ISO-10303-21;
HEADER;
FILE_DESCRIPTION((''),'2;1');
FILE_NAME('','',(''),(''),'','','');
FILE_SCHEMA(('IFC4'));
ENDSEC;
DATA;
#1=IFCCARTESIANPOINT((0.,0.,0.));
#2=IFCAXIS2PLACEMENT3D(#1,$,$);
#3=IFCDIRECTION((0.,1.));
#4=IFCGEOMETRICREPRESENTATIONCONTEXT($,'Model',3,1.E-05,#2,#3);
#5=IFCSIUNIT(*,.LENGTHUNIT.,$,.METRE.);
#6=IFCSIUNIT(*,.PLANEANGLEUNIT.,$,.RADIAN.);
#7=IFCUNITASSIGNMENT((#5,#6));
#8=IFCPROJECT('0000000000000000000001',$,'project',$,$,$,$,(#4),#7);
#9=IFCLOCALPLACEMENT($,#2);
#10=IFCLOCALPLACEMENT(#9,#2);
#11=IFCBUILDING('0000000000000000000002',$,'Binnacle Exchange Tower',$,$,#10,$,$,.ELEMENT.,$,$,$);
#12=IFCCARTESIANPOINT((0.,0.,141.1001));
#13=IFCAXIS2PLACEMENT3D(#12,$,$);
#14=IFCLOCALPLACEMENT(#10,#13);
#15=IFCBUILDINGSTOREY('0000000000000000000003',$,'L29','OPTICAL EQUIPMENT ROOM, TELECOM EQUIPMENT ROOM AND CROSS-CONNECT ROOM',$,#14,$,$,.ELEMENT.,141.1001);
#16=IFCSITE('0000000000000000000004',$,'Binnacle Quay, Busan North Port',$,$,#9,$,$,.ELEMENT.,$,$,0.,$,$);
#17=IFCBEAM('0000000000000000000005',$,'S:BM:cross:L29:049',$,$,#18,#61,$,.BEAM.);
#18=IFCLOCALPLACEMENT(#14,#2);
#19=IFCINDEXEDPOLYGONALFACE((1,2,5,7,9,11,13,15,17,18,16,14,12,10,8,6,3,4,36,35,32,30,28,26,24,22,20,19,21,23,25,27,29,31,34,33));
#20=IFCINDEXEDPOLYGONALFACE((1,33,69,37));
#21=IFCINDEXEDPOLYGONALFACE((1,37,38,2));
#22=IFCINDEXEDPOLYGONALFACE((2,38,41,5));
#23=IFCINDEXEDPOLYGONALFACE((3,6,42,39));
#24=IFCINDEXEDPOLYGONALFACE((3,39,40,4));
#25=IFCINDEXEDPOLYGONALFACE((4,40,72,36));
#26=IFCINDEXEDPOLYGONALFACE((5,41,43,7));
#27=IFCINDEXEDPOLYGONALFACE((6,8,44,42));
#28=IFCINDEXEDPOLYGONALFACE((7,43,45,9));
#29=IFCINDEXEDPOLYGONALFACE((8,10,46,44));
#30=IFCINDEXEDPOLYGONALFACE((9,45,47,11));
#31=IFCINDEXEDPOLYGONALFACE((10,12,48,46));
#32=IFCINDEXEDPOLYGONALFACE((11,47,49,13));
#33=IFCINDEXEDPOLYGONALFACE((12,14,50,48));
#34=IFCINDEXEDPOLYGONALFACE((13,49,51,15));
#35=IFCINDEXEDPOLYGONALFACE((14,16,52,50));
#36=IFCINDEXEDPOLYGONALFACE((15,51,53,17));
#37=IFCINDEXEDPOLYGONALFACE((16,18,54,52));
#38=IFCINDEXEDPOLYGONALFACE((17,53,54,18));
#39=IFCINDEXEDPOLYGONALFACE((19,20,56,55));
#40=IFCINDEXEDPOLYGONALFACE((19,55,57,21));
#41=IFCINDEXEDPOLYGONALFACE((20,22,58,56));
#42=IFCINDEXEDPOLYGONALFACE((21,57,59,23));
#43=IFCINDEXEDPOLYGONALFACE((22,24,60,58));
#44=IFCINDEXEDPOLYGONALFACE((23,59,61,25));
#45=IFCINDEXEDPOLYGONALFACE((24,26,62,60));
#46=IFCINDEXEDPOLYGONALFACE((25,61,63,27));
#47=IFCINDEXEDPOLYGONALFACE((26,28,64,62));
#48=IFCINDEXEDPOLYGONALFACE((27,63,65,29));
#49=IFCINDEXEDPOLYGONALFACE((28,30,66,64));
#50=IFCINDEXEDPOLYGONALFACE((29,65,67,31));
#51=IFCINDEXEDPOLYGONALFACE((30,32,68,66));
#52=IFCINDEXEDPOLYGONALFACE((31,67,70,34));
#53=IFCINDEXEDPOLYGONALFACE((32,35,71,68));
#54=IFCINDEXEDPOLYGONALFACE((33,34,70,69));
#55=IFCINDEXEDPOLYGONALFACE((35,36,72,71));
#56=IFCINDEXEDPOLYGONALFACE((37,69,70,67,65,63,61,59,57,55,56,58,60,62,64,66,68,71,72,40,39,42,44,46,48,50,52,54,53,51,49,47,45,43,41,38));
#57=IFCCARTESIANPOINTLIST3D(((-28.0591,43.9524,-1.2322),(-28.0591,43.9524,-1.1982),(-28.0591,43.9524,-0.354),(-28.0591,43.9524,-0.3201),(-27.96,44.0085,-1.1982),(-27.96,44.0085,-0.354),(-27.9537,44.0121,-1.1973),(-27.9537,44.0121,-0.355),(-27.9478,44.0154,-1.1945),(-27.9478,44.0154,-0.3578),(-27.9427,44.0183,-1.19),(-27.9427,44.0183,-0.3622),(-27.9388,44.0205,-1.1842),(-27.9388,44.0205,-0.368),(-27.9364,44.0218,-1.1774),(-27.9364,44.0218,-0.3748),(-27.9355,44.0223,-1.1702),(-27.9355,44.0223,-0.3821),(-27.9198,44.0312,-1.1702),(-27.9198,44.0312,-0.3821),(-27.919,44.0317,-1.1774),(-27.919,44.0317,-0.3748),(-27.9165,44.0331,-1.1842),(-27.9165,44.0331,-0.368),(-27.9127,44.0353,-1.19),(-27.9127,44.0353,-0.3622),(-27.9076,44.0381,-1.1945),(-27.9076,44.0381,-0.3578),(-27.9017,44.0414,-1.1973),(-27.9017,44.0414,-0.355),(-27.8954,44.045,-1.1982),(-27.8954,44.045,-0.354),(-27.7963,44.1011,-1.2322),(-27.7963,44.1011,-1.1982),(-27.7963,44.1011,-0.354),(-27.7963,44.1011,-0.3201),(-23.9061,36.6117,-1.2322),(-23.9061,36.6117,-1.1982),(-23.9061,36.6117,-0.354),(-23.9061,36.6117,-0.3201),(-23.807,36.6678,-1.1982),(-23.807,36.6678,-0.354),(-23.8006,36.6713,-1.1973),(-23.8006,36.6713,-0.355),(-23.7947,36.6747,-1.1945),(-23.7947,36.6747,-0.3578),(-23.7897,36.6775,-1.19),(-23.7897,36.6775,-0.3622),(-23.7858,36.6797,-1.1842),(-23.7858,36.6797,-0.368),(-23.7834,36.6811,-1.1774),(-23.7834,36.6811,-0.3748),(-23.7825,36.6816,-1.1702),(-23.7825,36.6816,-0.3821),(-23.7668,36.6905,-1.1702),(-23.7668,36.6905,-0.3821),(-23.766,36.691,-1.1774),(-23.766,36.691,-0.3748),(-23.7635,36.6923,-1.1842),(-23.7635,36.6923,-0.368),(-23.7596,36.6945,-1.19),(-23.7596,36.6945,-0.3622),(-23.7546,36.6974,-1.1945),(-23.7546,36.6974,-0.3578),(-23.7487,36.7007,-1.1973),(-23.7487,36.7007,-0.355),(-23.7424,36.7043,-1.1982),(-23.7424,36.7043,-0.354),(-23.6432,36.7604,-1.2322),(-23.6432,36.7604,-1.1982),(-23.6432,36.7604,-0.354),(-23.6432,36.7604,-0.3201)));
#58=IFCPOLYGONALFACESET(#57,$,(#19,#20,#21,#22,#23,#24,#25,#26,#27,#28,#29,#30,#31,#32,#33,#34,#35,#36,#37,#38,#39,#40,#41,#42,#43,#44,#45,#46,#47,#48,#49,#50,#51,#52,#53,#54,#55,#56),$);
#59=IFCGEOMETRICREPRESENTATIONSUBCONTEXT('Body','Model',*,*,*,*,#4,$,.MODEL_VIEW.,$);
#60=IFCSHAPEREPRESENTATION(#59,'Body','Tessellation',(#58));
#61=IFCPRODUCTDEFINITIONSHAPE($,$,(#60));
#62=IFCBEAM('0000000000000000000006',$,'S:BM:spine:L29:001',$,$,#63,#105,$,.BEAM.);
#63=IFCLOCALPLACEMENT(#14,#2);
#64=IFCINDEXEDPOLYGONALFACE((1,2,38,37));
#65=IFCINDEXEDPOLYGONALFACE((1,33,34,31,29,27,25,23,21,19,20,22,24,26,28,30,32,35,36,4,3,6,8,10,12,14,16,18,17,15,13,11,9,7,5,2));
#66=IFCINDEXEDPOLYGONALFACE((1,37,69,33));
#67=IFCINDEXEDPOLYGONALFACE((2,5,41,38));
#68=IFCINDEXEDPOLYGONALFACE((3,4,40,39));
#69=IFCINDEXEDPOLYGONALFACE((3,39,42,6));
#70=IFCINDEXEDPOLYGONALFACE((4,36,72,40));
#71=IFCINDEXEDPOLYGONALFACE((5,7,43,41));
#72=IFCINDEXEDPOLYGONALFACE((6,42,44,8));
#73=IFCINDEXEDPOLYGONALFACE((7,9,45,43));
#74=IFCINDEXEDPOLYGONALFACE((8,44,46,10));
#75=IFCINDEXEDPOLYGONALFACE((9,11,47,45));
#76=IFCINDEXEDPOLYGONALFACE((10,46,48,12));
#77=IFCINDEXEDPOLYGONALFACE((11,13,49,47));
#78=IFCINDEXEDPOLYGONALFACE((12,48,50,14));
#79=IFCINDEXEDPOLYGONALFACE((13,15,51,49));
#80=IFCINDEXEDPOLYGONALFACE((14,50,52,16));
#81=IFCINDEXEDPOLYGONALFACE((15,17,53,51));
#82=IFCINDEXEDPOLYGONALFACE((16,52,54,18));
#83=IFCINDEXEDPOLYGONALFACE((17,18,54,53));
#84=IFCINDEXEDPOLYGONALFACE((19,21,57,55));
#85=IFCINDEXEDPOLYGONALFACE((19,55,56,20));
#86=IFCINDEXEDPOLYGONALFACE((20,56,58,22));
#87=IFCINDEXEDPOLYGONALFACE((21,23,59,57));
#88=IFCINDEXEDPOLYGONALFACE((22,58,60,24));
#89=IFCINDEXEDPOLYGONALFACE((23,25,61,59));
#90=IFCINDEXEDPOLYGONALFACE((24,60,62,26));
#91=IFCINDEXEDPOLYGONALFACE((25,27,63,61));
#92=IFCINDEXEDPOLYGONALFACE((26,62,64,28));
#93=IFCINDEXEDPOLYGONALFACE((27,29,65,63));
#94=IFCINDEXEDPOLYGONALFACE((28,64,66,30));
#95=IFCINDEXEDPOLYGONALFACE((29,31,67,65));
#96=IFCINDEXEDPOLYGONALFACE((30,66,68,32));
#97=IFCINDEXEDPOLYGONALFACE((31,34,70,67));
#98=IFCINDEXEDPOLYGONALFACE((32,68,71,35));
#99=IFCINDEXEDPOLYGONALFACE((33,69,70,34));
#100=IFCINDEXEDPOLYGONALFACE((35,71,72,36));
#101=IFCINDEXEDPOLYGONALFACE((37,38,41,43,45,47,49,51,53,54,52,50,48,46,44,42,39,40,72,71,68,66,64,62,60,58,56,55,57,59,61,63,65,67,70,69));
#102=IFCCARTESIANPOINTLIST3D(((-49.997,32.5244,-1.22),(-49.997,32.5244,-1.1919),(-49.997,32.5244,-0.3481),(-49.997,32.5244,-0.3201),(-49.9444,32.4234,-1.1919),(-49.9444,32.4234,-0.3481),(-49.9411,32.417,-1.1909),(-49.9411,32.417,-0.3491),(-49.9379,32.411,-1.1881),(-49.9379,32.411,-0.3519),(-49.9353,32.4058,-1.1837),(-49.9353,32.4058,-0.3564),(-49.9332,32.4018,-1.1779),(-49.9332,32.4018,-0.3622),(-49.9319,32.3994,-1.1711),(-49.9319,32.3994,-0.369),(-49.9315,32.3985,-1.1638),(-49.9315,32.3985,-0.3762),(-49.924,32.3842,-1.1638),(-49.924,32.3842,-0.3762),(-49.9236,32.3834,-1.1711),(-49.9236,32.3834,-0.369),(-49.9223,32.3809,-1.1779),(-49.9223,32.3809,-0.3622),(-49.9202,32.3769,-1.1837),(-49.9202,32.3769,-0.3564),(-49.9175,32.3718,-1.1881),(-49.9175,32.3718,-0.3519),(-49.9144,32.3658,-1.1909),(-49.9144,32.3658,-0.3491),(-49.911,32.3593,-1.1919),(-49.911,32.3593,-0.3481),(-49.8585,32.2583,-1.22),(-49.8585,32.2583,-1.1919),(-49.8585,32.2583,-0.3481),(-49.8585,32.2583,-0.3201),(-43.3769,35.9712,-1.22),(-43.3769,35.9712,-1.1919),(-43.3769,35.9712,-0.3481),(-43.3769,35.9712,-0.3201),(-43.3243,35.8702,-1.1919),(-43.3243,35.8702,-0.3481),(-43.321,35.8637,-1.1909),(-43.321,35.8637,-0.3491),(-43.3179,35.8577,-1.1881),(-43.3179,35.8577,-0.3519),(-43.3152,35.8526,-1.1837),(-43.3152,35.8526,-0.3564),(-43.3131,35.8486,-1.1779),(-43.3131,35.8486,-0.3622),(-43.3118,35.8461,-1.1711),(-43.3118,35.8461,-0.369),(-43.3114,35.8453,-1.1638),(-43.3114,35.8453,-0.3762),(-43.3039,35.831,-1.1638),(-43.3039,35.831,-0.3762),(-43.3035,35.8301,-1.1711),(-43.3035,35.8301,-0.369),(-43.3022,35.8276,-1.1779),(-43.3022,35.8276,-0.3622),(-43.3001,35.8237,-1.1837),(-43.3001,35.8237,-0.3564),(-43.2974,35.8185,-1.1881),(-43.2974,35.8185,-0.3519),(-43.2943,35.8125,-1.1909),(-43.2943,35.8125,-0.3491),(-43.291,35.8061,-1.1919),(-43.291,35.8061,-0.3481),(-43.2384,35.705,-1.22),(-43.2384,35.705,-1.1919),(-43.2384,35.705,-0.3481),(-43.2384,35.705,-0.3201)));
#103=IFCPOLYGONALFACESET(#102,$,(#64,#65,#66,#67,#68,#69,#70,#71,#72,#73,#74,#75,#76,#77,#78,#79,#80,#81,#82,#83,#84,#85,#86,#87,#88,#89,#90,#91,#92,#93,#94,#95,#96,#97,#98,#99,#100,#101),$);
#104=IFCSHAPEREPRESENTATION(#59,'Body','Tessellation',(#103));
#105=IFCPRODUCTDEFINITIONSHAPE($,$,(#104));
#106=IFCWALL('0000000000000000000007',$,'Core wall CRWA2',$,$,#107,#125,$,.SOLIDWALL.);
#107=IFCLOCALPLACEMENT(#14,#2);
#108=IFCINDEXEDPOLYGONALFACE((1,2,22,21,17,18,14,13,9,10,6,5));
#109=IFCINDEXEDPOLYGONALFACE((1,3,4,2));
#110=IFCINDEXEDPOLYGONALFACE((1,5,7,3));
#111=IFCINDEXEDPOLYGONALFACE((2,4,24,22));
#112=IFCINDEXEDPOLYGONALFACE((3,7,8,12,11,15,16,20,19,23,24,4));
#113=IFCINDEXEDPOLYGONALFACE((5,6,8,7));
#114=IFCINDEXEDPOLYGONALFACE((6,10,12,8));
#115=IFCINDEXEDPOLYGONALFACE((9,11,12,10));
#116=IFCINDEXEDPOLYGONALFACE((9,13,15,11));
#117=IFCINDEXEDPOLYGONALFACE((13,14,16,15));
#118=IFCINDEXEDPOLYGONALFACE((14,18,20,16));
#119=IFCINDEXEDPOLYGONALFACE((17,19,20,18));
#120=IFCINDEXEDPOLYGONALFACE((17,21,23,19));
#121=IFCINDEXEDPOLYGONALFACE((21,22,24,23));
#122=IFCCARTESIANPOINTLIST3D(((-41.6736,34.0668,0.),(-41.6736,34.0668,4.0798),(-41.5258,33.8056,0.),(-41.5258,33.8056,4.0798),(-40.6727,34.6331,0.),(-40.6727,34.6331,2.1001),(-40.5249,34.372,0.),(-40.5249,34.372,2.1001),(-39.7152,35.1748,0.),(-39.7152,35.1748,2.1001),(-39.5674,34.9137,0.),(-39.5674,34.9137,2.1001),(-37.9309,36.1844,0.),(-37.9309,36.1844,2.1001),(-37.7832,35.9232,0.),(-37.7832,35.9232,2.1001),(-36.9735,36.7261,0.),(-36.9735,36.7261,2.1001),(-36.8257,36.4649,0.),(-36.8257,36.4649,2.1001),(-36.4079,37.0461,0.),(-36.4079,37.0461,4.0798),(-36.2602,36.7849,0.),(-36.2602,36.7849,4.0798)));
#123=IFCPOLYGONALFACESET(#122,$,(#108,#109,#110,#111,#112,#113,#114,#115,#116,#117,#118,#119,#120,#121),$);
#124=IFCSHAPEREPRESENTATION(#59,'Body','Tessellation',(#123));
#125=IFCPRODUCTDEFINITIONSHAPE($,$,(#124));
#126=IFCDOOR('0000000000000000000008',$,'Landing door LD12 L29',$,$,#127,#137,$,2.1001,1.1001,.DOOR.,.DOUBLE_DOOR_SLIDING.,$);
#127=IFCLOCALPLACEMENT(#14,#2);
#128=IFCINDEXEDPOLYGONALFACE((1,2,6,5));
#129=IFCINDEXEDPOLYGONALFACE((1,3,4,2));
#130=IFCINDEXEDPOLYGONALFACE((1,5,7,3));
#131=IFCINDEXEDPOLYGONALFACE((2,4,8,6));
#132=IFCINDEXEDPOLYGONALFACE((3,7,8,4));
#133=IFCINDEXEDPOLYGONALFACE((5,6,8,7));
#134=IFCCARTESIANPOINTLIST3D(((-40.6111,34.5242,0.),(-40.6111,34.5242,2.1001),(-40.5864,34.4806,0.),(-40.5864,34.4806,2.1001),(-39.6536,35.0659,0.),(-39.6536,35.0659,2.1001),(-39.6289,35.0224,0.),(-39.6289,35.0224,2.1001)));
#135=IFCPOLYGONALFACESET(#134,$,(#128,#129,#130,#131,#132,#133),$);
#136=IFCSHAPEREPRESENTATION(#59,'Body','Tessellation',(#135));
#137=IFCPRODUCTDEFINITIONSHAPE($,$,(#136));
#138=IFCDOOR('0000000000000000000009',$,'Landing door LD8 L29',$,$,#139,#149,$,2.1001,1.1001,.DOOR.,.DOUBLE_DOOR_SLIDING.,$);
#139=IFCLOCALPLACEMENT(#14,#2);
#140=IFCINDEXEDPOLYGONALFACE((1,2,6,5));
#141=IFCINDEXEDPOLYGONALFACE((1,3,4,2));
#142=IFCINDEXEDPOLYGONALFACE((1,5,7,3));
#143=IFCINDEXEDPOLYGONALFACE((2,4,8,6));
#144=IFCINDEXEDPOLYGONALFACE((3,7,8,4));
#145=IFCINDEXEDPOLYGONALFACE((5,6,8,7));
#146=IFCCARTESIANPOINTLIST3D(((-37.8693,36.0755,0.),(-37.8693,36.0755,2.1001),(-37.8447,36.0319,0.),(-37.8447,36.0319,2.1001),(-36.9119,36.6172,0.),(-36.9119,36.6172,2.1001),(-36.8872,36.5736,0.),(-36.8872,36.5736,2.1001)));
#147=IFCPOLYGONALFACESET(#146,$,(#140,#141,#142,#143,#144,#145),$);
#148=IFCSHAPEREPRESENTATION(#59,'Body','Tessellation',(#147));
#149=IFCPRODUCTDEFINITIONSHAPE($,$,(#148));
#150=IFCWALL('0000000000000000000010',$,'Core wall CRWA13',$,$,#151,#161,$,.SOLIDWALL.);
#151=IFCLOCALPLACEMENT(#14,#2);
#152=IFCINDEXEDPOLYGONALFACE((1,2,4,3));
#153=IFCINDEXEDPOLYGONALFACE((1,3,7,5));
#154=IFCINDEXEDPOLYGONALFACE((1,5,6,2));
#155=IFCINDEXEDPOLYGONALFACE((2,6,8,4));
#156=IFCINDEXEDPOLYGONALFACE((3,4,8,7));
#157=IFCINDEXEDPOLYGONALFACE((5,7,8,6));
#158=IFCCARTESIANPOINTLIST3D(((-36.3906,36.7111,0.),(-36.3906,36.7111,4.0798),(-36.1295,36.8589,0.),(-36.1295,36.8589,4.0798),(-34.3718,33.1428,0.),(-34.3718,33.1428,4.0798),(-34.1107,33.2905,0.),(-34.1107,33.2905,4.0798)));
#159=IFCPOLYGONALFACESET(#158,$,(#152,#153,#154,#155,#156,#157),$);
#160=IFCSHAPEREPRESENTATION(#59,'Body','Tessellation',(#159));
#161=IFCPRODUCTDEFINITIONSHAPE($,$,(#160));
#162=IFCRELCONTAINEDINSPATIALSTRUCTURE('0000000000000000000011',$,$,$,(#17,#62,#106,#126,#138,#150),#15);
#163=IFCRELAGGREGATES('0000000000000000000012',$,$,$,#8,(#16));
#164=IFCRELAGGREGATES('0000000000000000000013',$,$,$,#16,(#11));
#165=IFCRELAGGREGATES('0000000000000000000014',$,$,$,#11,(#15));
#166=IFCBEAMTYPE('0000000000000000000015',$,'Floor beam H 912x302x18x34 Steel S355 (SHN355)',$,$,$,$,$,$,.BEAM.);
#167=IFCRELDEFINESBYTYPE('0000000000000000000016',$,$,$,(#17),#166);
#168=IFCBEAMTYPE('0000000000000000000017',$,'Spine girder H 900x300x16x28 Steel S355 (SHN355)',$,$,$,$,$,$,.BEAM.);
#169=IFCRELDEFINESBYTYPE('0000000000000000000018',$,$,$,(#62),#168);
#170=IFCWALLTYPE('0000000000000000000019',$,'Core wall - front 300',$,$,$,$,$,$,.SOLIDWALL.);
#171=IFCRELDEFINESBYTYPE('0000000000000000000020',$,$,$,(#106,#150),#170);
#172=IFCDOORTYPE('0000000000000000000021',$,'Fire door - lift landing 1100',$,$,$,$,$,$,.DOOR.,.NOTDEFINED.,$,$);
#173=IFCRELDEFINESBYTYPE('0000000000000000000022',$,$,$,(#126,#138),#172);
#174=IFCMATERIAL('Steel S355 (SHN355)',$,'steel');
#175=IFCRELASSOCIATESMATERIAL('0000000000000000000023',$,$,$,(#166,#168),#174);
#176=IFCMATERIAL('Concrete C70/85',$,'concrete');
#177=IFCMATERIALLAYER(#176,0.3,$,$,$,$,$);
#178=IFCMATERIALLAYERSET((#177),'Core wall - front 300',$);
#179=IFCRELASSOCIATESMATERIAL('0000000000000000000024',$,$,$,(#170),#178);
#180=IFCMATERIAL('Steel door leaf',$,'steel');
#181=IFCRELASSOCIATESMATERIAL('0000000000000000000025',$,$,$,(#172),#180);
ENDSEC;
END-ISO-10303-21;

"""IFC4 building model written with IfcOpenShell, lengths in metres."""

from ifc_helpers import new_model, si_unit, direction, frame, frame_2d, origin, origin_2d, place, context, subcontext, project, spatial, rectangle, i_section, extrude, material, layer, layer_set, material_profile, profile_set, type_object, element, fill, save


model = new_model("IFC4")

# Units and contexts
model_context = context("Model", 3, precision=1e-05, world=origin(), true_north=direction((0.0, 1.0)))
body_context = subcontext(model_context, "Body", "Model", "MODEL_VIEW")
ifc_project = project(units=[si_unit("LENGTHUNIT", "METRE"), si_unit("PLANEANGLEUNIT", "RADIAN")], contexts=[model_context])

# Site, building, storey
site_placement = place(None, origin())
site = spatial("IfcSite", under=ifc_project, at=site_placement, Name="Binnacle Quay, Busan North Port", CompositionType="ELEMENT", RefElevation=0.0)
building_placement = place(site_placement, origin())
building = spatial("IfcBuilding", under=site, at=building_placement, Name="Binnacle Exchange Tower", CompositionType="ELEMENT")
storey_placement = place(building_placement, frame((0.0, 0.0, 141.1001)))
storey = spatial("IfcBuildingStorey", under=building, at=storey_placement, Name="L29", Description="OPTICAL EQUIPMENT ROOM, TELECOM EQUIPMENT ROOM AND CROSS-CONNECT ROOM", CompositionType="ELEMENT", Elevation=141.1001)

# Shared definitions
ifc_material_1 = material(Name="Concrete C70/85", Category="concrete")

# Beams
ifc_material_2 = material(Name="Steel S355 (SHN355)", Category="steel")
ifc_material_profile_1 = material_profile(ifc_material_2, i_section(OverallWidth=0.302, OverallDepth=0.9121, WebThickness=0.0181, FlangeThickness=0.0339, FilletRadius=0.0281, at=origin_2d()), Name="H 912x302x18x34")
ifc_profile_set_1 = profile_set([ifc_material_profile_1], Name="Steel S355 (SHN355)")
beam_type_1 = type_object("IfcBeamType", Name="Floor beam H 912x302x18x34 Steel S355 (SHN355)", PredefinedType="BEAM", material=ifc_profile_set_1)
beam_1_placement = place(storey_placement, frame((-23.7747, 36.686, -0.7761), z_axis=(-0.492409, 0.870364, 0.0), x_axis=(-0.870364, -0.492409, 0.0)))
element("IfcBeam", 1, at=beam_1_placement, inside=storey, type_object=beam_type_1, Name="S:BM:cross:L29:049", PredefinedType="BEAM", context=body_context, shape_type="SweptSolid", body=[
    extrude(i_section(OverallWidth=0.302, OverallDepth=0.9121, WebThickness=0.0181, FlangeThickness=0.0339, FilletRadius=0.0281, at=origin_2d()), origin(), (0.0, 0.0, 1.0), 8.4341),
])
ifc_material_profile_2 = material_profile(ifc_material_2, i_section(OverallWidth=0.3, OverallDepth=0.8999, WebThickness=0.0161, FlangeThickness=0.0281, FilletRadius=0.0281, at=origin_2d()), Name="H 900x300x16x28")
ifc_profile_set_2 = profile_set([ifc_material_profile_2], Name="Steel S355 (SHN355)")
beam_type_2 = type_object("IfcBeamType", Name="Spine girder H 900x300x16x28 Steel S355 (SHN355)", PredefinedType="BEAM", material=ifc_profile_set_2)
beam_2_placement = place(storey_placement, frame((-49.9277, 32.3914, -0.77), z_axis=(0.88698, 0.461808, 0.0), x_axis=(-0.461808, 0.88698, 0.0)))
element("IfcBeam", 2, at=beam_2_placement, inside=storey, type_object=beam_type_2, Name="S:BM:spine:L29:001", PredefinedType="BEAM", context=body_context, shape_type="SweptSolid", body=[
    extrude(i_section(OverallWidth=0.3, OverallDepth=0.8999, WebThickness=0.0161, FlangeThickness=0.0281, FilletRadius=0.0281, at=origin_2d()), origin(), (0.0, 0.0, 1.0), 7.4636),
])

# Wall, openings, doors
ifc_layer_1 = layer(ifc_material_1, 0.3)
ifc_layer_set_1 = layer_set([ifc_layer_1], Name="Core wall - front 300")
wall_type_1 = type_object("IfcWallType", Name="Core wall - front 300", PredefinedType="SOLIDWALL", material=ifc_layer_set_1)
wall_1_placement = place(storey_placement, frame((-41.5996, 33.9363, 0.0), z_axis=(0.0, 0.0, 1.0), x_axis=(0.870349, 0.492436, 0.0)))
wall_1 = element("IfcWall", 3, at=wall_1_placement, inside=storey, type_object=wall_type_1, Name="Core wall CRWA2", PredefinedType="SOLIDWALL", context=body_context, shape_type="SweptSolid", body=[
    extrude(rectangle(XDim=6.05, YDim=0.3, at=frame_2d((3.0249, 0.0))), origin(), (0.0, 0.0, 1.0), 4.0798),
])
opening_1_placement = place(wall_1_placement, frame((1.1499, 0.0, 0.0)))
opening_1 = element("IfcOpeningElement", 4, at=opening_1_placement, cuts=wall_1, PredefinedType="OPENING", context=body_context, shape_type="SweptSolid", body=[
    extrude(rectangle(XDim=1.1001, YDim=2.1001, at=frame_2d((0.55, 1.05))), frame((0.0, 0.1599, 0.0), z_axis=(0.0, -1.0, 0.0), x_axis=(1.0, 0.0, 0.0)), (0.0, 0.0, 1.0), 0.3201),
])
opening_2_placement = place(wall_1_placement, frame((4.3, 0.0, 0.0)))
opening_2 = element("IfcOpeningElement", 5, at=opening_2_placement, cuts=wall_1, PredefinedType="OPENING", context=body_context, shape_type="SweptSolid", body=[
    extrude(rectangle(XDim=1.1001, YDim=2.1001, at=frame_2d((0.55, 1.05))), frame((0.0, 0.1599, 0.0), z_axis=(0.0, -1.0, 0.0), x_axis=(1.0, 0.0, 0.0)), (0.0, 0.0, 1.0), 0.3201),
])
ifc_material_3 = material(Name="Steel door leaf", Category="steel")
door_type_1 = type_object("IfcDoorType", Name="Fire door - lift landing 1100", OperationType="NOTDEFINED", PredefinedType="DOOR", material=ifc_material_3)
door_1_placement = place(opening_1_placement, origin())
door_1 = element("IfcDoor", 6, at=door_1_placement, inside=storey, type_object=door_type_1, Name="Landing door LD12 L29", OperationType="DOUBLE_DOOR_SLIDING", OverallHeight=2.1001, OverallWidth=1.1001, PredefinedType="DOOR", context=body_context, shape_type="SweptSolid", body=[
    extrude(rectangle(XDim=1.1001, YDim=2.1001, at=frame_2d((0.55, 1.05))), frame((0.0, 0.0249, 0.0), z_axis=(0.0, -1.0, 0.0), x_axis=(1.0, 0.0, 0.0)), (0.0, 0.0, 1.0), 0.05),
])
fill(opening_1, door_1)
door_2_placement = place(opening_2_placement, origin())
door_2 = element("IfcDoor", 7, at=door_2_placement, inside=storey, type_object=door_type_1, Name="Landing door LD8 L29", OperationType="DOUBLE_DOOR_SLIDING", OverallHeight=2.1001, OverallWidth=1.1001, PredefinedType="DOOR", context=body_context, shape_type="SweptSolid", body=[
    extrude(rectangle(XDim=1.1001, YDim=2.1001, at=frame_2d((0.55, 1.05))), frame((0.0, 0.0249, 0.0), z_axis=(0.0, -1.0, 0.0), x_axis=(1.0, 0.0, 0.0)), (0.0, 0.0, 1.0), 0.05),
])
fill(opening_2, door_2)

# Wall
wall_2_placement = place(storey_placement, frame((-36.26, 36.7849, 0.0), z_axis=(0.0, 0.0, 1.0), x_axis=(0.492408, -0.870364, 0.0)))
element("IfcWall", 8, at=wall_2_placement, inside=storey, type_object=wall_type_1, Name="Core wall CRWA13", PredefinedType="SOLIDWALL", context=body_context, shape_type="SweptSolid", body=[
    extrude(rectangle(XDim=4.0999, YDim=0.3, at=frame_2d((2.0498, 0.0))), origin(), (0.0, 0.0, 1.0), 4.0798),
])

save(model, "model.ifc")
